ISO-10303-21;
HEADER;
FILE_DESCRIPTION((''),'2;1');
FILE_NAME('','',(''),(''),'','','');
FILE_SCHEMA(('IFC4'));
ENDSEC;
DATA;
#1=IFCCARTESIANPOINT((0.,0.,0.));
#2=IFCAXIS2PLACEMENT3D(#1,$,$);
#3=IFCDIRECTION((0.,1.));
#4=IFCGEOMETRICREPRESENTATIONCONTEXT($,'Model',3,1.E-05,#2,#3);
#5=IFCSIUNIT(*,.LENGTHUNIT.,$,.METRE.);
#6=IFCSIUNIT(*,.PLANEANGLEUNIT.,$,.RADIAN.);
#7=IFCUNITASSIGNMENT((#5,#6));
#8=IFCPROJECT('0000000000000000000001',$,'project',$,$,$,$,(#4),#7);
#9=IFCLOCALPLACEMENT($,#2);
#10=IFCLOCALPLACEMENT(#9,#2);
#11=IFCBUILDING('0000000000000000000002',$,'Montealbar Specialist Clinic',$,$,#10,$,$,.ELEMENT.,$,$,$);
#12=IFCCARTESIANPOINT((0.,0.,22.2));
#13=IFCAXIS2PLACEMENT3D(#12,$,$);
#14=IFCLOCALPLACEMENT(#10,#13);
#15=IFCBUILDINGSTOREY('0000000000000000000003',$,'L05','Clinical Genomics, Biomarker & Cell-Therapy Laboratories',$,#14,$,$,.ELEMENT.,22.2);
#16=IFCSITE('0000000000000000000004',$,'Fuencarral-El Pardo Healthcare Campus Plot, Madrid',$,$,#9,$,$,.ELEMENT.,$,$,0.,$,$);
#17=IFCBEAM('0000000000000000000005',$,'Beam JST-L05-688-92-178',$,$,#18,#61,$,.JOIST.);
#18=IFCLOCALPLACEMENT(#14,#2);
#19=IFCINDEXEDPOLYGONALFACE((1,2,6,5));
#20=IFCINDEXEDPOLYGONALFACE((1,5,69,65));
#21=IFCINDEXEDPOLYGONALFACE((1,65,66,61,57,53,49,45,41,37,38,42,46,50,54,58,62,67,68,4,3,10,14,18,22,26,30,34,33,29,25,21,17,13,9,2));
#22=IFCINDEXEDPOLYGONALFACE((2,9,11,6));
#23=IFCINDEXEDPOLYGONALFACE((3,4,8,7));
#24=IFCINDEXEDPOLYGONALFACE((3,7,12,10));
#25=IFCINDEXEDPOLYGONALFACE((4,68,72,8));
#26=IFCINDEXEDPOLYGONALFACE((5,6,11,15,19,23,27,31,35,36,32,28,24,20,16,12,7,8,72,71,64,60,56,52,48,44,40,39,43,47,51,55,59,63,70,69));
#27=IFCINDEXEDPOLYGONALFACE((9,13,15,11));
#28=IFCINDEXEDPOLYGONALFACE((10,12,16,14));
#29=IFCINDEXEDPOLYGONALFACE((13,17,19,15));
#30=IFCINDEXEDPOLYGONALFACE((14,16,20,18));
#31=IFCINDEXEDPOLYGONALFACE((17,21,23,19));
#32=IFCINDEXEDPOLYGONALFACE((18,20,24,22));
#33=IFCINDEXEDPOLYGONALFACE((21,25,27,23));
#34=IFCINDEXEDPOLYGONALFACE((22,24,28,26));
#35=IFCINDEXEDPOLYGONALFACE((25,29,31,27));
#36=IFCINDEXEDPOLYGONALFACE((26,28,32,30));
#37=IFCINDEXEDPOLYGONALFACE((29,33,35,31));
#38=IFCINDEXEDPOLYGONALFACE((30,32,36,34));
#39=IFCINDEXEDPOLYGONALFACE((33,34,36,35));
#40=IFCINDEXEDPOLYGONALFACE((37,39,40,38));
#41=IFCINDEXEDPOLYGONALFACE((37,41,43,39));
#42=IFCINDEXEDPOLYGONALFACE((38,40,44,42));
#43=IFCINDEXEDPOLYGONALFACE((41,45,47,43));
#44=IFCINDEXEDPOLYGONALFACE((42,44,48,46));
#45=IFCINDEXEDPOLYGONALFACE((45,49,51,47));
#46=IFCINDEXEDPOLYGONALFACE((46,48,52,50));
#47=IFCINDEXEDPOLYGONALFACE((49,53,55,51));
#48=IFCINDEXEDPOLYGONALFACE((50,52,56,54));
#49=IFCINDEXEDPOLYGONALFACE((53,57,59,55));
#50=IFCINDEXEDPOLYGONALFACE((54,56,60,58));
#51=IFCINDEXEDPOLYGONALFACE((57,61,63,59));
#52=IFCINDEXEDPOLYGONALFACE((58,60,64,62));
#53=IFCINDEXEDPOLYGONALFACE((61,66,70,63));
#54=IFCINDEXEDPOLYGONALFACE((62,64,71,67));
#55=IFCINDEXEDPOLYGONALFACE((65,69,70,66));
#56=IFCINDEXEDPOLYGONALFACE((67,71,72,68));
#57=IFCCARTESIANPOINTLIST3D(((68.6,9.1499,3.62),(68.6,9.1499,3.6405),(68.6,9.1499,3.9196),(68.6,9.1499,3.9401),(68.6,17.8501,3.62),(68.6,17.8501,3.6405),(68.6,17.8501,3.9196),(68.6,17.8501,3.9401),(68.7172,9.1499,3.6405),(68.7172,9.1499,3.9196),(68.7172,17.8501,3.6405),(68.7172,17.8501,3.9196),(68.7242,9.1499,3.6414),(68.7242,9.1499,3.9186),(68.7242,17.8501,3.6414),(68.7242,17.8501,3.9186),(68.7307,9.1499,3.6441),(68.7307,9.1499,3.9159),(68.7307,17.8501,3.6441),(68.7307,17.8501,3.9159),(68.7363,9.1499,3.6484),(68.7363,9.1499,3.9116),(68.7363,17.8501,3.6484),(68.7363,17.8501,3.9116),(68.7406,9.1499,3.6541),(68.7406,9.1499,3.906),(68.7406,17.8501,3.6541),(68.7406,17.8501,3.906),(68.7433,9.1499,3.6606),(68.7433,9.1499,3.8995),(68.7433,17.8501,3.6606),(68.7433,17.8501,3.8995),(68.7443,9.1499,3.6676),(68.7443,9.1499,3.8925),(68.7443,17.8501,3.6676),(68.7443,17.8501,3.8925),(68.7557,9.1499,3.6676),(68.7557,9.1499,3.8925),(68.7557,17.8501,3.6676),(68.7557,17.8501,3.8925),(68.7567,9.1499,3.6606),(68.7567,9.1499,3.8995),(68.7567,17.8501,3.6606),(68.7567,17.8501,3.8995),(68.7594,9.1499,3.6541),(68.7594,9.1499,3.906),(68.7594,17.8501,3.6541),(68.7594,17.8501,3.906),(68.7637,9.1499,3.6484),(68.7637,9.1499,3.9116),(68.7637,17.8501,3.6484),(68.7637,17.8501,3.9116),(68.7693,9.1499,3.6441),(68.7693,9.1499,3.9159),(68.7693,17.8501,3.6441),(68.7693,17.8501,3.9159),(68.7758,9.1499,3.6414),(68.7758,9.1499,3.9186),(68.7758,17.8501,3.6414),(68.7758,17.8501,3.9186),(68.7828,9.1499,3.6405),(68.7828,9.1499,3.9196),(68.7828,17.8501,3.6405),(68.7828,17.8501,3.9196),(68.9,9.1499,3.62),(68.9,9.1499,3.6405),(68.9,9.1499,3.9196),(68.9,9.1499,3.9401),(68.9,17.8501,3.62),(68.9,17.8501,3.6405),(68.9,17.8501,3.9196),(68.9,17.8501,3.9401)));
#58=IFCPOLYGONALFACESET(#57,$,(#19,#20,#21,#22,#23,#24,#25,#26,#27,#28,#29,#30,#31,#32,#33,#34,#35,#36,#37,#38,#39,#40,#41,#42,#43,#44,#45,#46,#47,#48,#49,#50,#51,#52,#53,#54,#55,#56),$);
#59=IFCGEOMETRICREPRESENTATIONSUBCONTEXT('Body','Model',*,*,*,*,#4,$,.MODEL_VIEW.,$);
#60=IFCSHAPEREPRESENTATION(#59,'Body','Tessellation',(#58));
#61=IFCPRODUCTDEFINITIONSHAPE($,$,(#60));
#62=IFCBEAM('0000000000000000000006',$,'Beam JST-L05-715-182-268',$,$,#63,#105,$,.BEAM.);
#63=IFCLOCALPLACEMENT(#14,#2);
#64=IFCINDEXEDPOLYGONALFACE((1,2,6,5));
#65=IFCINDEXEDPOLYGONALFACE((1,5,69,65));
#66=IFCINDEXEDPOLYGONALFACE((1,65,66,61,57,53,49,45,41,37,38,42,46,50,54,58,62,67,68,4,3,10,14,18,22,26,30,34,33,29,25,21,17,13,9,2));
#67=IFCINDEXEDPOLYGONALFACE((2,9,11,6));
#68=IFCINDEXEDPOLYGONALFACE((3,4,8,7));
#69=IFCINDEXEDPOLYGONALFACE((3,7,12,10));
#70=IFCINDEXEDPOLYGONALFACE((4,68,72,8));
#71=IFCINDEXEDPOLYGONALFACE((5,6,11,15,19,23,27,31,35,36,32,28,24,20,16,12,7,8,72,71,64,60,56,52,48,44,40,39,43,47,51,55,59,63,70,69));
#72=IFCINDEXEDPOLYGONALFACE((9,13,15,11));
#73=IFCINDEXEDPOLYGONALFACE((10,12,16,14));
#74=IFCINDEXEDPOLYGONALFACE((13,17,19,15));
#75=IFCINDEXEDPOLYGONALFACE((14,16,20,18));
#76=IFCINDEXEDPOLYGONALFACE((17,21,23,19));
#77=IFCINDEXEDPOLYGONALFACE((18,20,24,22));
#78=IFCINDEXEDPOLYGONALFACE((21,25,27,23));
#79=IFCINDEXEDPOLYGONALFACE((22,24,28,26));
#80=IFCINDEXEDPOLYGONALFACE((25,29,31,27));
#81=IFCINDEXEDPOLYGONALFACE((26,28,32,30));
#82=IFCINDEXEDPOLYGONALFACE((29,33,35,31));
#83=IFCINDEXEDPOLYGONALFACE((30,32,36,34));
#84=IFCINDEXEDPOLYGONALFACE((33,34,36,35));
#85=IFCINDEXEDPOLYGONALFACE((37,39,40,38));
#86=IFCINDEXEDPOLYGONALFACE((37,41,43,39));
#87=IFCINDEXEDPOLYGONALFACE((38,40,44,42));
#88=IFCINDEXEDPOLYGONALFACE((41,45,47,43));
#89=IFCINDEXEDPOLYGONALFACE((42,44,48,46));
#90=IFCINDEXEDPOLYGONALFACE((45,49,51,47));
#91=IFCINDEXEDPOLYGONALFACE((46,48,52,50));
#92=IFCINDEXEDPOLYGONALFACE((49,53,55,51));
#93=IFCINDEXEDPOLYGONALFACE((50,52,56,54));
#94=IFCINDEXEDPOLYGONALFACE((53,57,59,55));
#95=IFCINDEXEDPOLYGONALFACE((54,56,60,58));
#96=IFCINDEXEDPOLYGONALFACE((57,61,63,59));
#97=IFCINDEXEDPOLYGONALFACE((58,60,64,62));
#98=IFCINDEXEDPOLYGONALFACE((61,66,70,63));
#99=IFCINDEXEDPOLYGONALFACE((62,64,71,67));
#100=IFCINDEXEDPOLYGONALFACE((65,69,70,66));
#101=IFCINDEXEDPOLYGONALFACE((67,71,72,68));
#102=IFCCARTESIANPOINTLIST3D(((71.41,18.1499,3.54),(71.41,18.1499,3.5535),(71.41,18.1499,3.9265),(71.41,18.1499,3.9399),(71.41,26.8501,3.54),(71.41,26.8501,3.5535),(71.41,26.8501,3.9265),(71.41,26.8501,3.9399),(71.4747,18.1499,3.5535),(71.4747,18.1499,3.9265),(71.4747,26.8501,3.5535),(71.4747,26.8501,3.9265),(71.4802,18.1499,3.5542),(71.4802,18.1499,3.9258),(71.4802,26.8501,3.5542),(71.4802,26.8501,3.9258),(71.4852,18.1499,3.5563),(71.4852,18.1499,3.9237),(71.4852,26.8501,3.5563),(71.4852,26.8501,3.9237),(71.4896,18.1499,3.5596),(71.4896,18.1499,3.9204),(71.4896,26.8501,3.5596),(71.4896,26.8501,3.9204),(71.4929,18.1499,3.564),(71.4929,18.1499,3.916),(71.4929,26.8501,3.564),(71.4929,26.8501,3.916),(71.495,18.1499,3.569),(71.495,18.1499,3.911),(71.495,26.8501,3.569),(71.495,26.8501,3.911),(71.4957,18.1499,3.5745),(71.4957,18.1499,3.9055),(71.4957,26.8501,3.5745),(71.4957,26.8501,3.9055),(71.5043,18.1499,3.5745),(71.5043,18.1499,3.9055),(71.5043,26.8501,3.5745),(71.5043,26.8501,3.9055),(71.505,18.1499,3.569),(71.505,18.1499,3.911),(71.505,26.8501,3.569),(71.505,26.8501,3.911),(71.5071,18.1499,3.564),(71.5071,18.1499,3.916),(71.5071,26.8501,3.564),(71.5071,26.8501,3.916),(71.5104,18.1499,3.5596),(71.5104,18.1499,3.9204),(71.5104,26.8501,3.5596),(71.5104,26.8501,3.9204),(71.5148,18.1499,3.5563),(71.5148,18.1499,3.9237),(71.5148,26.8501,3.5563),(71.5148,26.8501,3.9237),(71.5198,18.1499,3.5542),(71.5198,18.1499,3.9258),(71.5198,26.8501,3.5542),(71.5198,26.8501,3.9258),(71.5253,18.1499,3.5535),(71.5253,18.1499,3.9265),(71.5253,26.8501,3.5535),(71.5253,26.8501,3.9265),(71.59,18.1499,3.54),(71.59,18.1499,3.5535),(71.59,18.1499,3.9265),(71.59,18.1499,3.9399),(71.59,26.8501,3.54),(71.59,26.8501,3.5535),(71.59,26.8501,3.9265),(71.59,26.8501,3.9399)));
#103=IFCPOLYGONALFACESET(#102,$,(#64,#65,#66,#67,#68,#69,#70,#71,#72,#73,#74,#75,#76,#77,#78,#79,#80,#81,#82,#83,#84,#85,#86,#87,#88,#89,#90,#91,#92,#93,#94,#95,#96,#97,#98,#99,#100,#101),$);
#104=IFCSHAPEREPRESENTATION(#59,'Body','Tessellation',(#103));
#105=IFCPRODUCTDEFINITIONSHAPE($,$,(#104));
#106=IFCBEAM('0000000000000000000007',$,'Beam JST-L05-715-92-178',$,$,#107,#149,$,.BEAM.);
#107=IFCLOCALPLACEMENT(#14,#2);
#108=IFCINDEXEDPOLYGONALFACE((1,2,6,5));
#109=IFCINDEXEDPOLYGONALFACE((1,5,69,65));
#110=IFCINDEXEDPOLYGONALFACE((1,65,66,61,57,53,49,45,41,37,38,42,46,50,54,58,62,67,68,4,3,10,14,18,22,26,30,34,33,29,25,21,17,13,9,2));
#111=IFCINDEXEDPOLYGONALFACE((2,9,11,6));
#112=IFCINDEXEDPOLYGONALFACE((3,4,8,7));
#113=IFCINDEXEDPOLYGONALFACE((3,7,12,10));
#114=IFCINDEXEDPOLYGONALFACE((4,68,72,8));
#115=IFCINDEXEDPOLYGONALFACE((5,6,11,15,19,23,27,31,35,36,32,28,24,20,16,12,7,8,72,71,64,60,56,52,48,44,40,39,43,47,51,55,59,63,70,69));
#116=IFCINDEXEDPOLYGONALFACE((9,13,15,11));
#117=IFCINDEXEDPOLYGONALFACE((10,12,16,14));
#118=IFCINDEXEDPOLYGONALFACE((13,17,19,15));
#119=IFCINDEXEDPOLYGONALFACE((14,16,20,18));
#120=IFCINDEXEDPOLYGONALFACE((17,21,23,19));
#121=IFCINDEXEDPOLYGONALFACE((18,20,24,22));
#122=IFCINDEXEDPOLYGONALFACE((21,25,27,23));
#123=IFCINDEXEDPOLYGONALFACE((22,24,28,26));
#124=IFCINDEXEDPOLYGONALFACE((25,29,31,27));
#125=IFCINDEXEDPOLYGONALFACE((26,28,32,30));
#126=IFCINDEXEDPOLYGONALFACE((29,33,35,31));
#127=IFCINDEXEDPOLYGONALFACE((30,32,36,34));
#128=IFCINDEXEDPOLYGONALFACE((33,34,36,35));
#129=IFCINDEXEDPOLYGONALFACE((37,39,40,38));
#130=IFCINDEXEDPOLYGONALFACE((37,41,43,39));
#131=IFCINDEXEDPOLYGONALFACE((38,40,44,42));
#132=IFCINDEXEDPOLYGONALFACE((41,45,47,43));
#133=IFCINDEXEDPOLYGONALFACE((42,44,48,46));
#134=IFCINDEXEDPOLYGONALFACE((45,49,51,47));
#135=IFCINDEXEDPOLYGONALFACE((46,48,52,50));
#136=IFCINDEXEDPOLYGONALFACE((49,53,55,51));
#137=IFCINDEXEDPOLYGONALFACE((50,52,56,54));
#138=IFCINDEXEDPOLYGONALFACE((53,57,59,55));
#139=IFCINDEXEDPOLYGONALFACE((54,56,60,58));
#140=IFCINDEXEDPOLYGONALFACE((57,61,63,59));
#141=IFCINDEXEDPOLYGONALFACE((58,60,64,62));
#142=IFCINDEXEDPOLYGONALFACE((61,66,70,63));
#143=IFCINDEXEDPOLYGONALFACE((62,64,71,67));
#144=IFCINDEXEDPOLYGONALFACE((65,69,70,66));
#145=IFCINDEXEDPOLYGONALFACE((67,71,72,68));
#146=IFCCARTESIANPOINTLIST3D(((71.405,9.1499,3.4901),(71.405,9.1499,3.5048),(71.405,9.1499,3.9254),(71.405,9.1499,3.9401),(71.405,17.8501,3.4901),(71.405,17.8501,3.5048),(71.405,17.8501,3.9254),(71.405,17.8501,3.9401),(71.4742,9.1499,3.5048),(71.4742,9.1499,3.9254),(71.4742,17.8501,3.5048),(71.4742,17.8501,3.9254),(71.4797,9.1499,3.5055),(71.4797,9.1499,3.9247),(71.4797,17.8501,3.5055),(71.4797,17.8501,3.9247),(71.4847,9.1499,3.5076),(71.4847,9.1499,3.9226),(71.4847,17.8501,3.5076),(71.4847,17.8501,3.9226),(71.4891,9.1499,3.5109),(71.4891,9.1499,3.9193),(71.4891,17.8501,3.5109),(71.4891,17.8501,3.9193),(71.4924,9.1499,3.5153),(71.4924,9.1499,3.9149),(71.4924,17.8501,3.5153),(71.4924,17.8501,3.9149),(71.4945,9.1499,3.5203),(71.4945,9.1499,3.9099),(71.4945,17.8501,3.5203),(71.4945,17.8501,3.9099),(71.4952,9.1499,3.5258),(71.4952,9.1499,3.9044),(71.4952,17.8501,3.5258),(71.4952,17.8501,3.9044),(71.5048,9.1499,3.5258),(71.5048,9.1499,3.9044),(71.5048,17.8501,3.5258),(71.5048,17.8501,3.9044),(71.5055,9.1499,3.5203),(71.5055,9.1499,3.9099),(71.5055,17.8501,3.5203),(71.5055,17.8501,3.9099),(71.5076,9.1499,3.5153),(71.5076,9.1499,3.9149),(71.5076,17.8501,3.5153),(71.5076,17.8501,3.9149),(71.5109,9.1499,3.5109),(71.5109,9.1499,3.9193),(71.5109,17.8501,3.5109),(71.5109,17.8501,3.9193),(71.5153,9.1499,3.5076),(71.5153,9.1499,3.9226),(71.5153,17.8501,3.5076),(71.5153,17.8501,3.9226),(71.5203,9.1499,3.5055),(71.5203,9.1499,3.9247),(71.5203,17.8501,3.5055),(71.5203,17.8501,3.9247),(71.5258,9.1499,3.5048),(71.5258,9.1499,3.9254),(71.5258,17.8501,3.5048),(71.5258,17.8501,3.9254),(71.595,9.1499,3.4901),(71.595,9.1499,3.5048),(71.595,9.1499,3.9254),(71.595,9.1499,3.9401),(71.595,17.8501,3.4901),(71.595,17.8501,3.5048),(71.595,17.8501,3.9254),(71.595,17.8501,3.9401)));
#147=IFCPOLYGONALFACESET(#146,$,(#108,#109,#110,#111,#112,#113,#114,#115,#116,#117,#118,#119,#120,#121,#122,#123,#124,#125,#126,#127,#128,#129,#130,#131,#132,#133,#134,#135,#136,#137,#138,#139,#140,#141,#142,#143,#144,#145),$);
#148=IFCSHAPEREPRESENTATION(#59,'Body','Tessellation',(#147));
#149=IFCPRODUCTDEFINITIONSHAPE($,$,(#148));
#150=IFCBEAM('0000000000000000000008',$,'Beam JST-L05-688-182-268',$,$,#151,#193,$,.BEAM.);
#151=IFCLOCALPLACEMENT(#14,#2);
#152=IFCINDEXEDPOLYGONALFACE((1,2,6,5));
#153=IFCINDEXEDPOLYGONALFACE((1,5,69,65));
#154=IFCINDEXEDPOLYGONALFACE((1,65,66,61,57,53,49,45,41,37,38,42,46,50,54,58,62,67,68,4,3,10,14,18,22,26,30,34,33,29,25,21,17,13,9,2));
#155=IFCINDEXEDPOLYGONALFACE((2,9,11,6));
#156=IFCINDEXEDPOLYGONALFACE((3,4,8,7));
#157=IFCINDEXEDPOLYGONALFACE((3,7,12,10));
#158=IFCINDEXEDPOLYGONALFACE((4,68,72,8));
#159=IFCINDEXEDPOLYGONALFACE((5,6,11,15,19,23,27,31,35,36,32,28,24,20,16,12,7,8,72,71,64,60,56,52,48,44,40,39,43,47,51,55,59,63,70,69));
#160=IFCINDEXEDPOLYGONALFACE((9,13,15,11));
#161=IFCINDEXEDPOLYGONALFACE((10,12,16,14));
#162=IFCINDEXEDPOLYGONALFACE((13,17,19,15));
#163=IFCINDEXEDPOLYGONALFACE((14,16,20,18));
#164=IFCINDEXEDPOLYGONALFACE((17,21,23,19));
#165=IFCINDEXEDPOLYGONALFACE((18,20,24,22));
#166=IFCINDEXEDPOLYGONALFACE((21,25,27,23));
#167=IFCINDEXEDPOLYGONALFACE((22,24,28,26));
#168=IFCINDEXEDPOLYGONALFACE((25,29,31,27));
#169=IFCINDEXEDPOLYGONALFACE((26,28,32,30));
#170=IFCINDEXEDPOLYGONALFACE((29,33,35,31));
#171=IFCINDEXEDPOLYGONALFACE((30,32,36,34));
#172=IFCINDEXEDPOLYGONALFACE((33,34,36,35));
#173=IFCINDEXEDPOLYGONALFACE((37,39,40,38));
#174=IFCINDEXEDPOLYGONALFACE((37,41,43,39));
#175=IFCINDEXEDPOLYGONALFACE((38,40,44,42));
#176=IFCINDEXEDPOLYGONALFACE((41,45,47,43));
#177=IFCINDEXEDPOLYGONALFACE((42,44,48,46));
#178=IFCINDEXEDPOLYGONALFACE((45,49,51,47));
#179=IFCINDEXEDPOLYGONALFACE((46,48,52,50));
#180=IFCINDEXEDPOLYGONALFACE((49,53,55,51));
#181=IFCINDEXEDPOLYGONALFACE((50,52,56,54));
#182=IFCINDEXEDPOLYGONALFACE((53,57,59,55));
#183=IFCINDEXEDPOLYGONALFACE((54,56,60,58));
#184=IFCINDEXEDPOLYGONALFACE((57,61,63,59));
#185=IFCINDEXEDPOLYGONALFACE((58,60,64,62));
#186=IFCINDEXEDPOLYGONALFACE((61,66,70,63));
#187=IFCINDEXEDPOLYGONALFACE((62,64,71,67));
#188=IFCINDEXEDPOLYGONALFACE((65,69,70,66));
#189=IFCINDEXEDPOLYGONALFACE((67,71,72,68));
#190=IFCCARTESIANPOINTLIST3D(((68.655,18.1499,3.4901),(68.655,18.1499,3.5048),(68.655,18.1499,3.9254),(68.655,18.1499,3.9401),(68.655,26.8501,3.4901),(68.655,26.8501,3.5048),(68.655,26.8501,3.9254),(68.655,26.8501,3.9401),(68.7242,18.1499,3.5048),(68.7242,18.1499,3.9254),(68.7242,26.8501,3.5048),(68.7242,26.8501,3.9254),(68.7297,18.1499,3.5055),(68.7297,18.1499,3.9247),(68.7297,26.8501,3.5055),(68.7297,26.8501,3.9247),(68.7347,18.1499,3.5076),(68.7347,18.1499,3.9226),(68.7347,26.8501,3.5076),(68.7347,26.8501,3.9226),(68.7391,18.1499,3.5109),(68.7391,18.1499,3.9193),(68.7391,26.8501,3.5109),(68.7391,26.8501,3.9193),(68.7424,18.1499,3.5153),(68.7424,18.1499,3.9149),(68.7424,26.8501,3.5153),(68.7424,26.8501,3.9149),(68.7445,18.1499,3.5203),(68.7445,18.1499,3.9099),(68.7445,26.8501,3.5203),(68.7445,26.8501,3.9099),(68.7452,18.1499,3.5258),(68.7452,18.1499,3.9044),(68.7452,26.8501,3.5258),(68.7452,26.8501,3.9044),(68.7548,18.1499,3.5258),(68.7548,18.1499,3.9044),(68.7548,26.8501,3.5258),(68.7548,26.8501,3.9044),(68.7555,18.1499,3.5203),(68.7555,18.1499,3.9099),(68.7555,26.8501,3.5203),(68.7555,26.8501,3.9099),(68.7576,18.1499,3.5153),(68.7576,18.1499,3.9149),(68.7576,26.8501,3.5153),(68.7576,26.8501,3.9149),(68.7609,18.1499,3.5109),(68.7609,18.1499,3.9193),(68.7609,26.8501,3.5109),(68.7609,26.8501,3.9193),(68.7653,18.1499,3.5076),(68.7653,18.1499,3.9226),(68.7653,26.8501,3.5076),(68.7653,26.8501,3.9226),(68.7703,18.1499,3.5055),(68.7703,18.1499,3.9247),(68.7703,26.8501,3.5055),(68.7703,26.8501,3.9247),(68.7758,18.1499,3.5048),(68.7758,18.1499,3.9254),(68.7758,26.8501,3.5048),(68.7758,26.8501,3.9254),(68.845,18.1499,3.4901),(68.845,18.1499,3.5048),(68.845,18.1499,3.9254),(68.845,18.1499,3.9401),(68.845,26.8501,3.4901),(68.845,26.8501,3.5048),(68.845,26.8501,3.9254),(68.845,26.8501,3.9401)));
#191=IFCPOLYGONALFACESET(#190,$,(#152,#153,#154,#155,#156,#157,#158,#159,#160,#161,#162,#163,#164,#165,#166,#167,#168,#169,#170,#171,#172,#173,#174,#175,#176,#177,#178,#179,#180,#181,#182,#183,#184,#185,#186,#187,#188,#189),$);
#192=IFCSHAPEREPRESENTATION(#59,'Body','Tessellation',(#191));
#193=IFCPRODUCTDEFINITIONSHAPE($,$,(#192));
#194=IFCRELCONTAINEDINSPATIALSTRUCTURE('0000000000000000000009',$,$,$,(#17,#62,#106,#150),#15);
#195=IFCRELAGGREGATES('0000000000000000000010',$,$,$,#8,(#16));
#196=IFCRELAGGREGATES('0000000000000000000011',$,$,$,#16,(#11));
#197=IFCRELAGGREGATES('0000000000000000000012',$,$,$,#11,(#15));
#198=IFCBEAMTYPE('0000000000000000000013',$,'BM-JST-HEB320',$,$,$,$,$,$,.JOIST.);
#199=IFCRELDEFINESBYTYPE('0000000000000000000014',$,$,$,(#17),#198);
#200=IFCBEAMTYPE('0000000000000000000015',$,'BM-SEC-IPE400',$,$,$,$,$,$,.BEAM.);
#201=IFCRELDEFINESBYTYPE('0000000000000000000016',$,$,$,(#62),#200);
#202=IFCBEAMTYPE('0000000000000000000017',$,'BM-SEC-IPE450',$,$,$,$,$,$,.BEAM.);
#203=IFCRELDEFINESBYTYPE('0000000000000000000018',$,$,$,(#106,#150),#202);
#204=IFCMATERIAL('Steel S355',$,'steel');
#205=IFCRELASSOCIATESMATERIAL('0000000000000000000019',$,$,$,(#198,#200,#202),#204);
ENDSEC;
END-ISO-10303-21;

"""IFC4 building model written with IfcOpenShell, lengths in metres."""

from ifc_helpers import new_model, si_unit, direction, frame, origin, origin_2d, place, context, subcontext, project, spatial, i_section, extrude, material, material_profile, profile_set, type_object, element, save


model = new_model("IFC4")

# Units and contexts
model_context = context("Model", 3, precision=1e-05, world=origin(), true_north=direction((0.0, 1.0)))
body_context = subcontext(model_context, "Body", "Model", "MODEL_VIEW")
ifc_project = project(units=[si_unit("LENGTHUNIT", "METRE"), si_unit("PLANEANGLEUNIT", "RADIAN")], contexts=[model_context])

# Site, building, storey
site_placement = place(None, origin())
site = spatial("IfcSite", under=ifc_project, at=site_placement, Name="Fuencarral-El Pardo Healthcare Campus Plot, Madrid", CompositionType="ELEMENT", RefElevation=0.0)
building_placement = place(site_placement, origin())
building = spatial("IfcBuilding", under=site, at=building_placement, Name="Montealbar Specialist Clinic", CompositionType="ELEMENT")
storey_placement = place(building_placement, frame((0.0, 0.0, 22.2)))
storey = spatial("IfcBuildingStorey", under=building, at=storey_placement, Name="L05", Description="Clinical Genomics, Biomarker & Cell-Therapy Laboratories", CompositionType="ELEMENT", Elevation=22.2)

# Shared definitions
ifc_material_1 = material(Name="Steel S355", Category="steel")

# Beams
ifc_material_profile_1 = material_profile(ifc_material_1, i_section(OverallWidth=0.3, OverallDepth=0.3201, WebThickness=0.0115, FlangeThickness=0.0205, FilletRadius=0.0271, at=origin_2d()), Name="HEB 320", Category="steel")
ifc_profile_set_1 = profile_set([ifc_material_profile_1], Name="Steel S355")
beam_type_1 = type_object("IfcBeamType", Name="BM-JST-HEB320", PredefinedType="JOIST", material=ifc_profile_set_1)
beam_1_placement = place(storey_placement, frame((68.75, 9.1499, 3.78), z_axis=(0.0, 1.0, 0.0), x_axis=(-1.0, 0.0, 0.0)))
element("IfcBeam", 1, at=beam_1_placement, inside=storey, type_object=beam_type_1, Name="Beam JST-L05-688-92-178", PredefinedType="JOIST", context=body_context, shape_type="SweptSolid", body=[
    extrude(i_section(OverallWidth=0.3, OverallDepth=0.3201, WebThickness=0.0115, FlangeThickness=0.0205, FilletRadius=0.0271, at=origin_2d()), origin(), (0.0, 0.0, 1.0), 8.7002),
])
ifc_material_profile_2 = material_profile(ifc_material_1, i_section(OverallWidth=0.1799, OverallDepth=0.3999, WebThickness=0.0085, FlangeThickness=0.0134, FilletRadius=0.021, at=origin_2d()), Name="IPE 400", Category="steel")
ifc_profile_set_2 = profile_set([ifc_material_profile_2], Name="Steel S355")
beam_type_2 = type_object("IfcBeamType", Name="BM-SEC-IPE400", PredefinedType="BEAM", material=ifc_profile_set_2)
beam_2_placement = place(storey_placement, frame((71.5, 18.1499, 3.74), z_axis=(0.0, 1.0, 0.0), x_axis=(-1.0, 0.0, 0.0)))
element("IfcBeam", 2, at=beam_2_placement, inside=storey, type_object=beam_type_2, Name="Beam JST-L05-715-182-268", PredefinedType="BEAM", context=body_context, shape_type="SweptSolid", body=[
    extrude(i_section(OverallWidth=0.1799, OverallDepth=0.3999, WebThickness=0.0085, FlangeThickness=0.0134, FilletRadius=0.021, at=origin_2d()), origin(), (0.0, 0.0, 1.0), 8.7002),
])
ifc_material_profile_3 = material_profile(ifc_material_1, i_section(OverallWidth=0.1899, OverallDepth=0.45, WebThickness=0.0095, FlangeThickness=0.0146, FilletRadius=0.021, at=origin_2d()), Name="IPE 450", Category="steel")
ifc_profile_set_3 = profile_set([ifc_material_profile_3], Name="Steel S355")
beam_type_3 = type_object("IfcBeamType", Name="BM-SEC-IPE450", PredefinedType="BEAM", material=ifc_profile_set_3)
for number, where, z_axis, x_axis, name in (
    (3, (71.5, 9.1499, 3.7151), (0.0, 1.0, 0.0), (-1.0, 0.0, 0.0), "Beam JST-L05-715-92-178"),
    (4, (68.75, 18.1499, 3.7151), (0.0, 1.0, 0.0), (-1.0, 0.0, 0.0), "Beam JST-L05-688-182-268"),
):
    element("IfcBeam", number, at=place(storey_placement, frame(where, z_axis=z_axis, x_axis=x_axis)), inside=storey, type_object=beam_type_3, Name=name, PredefinedType="BEAM", context=body_context, shape_type="SweptSolid", body=[
        extrude(i_section(OverallWidth=0.1899, OverallDepth=0.45, WebThickness=0.0095, FlangeThickness=0.0146, FilletRadius=0.021, at=origin_2d()), origin(), (0.0, 0.0, 1.0), 8.7002),
    ])

save(model, "model.ifc")
